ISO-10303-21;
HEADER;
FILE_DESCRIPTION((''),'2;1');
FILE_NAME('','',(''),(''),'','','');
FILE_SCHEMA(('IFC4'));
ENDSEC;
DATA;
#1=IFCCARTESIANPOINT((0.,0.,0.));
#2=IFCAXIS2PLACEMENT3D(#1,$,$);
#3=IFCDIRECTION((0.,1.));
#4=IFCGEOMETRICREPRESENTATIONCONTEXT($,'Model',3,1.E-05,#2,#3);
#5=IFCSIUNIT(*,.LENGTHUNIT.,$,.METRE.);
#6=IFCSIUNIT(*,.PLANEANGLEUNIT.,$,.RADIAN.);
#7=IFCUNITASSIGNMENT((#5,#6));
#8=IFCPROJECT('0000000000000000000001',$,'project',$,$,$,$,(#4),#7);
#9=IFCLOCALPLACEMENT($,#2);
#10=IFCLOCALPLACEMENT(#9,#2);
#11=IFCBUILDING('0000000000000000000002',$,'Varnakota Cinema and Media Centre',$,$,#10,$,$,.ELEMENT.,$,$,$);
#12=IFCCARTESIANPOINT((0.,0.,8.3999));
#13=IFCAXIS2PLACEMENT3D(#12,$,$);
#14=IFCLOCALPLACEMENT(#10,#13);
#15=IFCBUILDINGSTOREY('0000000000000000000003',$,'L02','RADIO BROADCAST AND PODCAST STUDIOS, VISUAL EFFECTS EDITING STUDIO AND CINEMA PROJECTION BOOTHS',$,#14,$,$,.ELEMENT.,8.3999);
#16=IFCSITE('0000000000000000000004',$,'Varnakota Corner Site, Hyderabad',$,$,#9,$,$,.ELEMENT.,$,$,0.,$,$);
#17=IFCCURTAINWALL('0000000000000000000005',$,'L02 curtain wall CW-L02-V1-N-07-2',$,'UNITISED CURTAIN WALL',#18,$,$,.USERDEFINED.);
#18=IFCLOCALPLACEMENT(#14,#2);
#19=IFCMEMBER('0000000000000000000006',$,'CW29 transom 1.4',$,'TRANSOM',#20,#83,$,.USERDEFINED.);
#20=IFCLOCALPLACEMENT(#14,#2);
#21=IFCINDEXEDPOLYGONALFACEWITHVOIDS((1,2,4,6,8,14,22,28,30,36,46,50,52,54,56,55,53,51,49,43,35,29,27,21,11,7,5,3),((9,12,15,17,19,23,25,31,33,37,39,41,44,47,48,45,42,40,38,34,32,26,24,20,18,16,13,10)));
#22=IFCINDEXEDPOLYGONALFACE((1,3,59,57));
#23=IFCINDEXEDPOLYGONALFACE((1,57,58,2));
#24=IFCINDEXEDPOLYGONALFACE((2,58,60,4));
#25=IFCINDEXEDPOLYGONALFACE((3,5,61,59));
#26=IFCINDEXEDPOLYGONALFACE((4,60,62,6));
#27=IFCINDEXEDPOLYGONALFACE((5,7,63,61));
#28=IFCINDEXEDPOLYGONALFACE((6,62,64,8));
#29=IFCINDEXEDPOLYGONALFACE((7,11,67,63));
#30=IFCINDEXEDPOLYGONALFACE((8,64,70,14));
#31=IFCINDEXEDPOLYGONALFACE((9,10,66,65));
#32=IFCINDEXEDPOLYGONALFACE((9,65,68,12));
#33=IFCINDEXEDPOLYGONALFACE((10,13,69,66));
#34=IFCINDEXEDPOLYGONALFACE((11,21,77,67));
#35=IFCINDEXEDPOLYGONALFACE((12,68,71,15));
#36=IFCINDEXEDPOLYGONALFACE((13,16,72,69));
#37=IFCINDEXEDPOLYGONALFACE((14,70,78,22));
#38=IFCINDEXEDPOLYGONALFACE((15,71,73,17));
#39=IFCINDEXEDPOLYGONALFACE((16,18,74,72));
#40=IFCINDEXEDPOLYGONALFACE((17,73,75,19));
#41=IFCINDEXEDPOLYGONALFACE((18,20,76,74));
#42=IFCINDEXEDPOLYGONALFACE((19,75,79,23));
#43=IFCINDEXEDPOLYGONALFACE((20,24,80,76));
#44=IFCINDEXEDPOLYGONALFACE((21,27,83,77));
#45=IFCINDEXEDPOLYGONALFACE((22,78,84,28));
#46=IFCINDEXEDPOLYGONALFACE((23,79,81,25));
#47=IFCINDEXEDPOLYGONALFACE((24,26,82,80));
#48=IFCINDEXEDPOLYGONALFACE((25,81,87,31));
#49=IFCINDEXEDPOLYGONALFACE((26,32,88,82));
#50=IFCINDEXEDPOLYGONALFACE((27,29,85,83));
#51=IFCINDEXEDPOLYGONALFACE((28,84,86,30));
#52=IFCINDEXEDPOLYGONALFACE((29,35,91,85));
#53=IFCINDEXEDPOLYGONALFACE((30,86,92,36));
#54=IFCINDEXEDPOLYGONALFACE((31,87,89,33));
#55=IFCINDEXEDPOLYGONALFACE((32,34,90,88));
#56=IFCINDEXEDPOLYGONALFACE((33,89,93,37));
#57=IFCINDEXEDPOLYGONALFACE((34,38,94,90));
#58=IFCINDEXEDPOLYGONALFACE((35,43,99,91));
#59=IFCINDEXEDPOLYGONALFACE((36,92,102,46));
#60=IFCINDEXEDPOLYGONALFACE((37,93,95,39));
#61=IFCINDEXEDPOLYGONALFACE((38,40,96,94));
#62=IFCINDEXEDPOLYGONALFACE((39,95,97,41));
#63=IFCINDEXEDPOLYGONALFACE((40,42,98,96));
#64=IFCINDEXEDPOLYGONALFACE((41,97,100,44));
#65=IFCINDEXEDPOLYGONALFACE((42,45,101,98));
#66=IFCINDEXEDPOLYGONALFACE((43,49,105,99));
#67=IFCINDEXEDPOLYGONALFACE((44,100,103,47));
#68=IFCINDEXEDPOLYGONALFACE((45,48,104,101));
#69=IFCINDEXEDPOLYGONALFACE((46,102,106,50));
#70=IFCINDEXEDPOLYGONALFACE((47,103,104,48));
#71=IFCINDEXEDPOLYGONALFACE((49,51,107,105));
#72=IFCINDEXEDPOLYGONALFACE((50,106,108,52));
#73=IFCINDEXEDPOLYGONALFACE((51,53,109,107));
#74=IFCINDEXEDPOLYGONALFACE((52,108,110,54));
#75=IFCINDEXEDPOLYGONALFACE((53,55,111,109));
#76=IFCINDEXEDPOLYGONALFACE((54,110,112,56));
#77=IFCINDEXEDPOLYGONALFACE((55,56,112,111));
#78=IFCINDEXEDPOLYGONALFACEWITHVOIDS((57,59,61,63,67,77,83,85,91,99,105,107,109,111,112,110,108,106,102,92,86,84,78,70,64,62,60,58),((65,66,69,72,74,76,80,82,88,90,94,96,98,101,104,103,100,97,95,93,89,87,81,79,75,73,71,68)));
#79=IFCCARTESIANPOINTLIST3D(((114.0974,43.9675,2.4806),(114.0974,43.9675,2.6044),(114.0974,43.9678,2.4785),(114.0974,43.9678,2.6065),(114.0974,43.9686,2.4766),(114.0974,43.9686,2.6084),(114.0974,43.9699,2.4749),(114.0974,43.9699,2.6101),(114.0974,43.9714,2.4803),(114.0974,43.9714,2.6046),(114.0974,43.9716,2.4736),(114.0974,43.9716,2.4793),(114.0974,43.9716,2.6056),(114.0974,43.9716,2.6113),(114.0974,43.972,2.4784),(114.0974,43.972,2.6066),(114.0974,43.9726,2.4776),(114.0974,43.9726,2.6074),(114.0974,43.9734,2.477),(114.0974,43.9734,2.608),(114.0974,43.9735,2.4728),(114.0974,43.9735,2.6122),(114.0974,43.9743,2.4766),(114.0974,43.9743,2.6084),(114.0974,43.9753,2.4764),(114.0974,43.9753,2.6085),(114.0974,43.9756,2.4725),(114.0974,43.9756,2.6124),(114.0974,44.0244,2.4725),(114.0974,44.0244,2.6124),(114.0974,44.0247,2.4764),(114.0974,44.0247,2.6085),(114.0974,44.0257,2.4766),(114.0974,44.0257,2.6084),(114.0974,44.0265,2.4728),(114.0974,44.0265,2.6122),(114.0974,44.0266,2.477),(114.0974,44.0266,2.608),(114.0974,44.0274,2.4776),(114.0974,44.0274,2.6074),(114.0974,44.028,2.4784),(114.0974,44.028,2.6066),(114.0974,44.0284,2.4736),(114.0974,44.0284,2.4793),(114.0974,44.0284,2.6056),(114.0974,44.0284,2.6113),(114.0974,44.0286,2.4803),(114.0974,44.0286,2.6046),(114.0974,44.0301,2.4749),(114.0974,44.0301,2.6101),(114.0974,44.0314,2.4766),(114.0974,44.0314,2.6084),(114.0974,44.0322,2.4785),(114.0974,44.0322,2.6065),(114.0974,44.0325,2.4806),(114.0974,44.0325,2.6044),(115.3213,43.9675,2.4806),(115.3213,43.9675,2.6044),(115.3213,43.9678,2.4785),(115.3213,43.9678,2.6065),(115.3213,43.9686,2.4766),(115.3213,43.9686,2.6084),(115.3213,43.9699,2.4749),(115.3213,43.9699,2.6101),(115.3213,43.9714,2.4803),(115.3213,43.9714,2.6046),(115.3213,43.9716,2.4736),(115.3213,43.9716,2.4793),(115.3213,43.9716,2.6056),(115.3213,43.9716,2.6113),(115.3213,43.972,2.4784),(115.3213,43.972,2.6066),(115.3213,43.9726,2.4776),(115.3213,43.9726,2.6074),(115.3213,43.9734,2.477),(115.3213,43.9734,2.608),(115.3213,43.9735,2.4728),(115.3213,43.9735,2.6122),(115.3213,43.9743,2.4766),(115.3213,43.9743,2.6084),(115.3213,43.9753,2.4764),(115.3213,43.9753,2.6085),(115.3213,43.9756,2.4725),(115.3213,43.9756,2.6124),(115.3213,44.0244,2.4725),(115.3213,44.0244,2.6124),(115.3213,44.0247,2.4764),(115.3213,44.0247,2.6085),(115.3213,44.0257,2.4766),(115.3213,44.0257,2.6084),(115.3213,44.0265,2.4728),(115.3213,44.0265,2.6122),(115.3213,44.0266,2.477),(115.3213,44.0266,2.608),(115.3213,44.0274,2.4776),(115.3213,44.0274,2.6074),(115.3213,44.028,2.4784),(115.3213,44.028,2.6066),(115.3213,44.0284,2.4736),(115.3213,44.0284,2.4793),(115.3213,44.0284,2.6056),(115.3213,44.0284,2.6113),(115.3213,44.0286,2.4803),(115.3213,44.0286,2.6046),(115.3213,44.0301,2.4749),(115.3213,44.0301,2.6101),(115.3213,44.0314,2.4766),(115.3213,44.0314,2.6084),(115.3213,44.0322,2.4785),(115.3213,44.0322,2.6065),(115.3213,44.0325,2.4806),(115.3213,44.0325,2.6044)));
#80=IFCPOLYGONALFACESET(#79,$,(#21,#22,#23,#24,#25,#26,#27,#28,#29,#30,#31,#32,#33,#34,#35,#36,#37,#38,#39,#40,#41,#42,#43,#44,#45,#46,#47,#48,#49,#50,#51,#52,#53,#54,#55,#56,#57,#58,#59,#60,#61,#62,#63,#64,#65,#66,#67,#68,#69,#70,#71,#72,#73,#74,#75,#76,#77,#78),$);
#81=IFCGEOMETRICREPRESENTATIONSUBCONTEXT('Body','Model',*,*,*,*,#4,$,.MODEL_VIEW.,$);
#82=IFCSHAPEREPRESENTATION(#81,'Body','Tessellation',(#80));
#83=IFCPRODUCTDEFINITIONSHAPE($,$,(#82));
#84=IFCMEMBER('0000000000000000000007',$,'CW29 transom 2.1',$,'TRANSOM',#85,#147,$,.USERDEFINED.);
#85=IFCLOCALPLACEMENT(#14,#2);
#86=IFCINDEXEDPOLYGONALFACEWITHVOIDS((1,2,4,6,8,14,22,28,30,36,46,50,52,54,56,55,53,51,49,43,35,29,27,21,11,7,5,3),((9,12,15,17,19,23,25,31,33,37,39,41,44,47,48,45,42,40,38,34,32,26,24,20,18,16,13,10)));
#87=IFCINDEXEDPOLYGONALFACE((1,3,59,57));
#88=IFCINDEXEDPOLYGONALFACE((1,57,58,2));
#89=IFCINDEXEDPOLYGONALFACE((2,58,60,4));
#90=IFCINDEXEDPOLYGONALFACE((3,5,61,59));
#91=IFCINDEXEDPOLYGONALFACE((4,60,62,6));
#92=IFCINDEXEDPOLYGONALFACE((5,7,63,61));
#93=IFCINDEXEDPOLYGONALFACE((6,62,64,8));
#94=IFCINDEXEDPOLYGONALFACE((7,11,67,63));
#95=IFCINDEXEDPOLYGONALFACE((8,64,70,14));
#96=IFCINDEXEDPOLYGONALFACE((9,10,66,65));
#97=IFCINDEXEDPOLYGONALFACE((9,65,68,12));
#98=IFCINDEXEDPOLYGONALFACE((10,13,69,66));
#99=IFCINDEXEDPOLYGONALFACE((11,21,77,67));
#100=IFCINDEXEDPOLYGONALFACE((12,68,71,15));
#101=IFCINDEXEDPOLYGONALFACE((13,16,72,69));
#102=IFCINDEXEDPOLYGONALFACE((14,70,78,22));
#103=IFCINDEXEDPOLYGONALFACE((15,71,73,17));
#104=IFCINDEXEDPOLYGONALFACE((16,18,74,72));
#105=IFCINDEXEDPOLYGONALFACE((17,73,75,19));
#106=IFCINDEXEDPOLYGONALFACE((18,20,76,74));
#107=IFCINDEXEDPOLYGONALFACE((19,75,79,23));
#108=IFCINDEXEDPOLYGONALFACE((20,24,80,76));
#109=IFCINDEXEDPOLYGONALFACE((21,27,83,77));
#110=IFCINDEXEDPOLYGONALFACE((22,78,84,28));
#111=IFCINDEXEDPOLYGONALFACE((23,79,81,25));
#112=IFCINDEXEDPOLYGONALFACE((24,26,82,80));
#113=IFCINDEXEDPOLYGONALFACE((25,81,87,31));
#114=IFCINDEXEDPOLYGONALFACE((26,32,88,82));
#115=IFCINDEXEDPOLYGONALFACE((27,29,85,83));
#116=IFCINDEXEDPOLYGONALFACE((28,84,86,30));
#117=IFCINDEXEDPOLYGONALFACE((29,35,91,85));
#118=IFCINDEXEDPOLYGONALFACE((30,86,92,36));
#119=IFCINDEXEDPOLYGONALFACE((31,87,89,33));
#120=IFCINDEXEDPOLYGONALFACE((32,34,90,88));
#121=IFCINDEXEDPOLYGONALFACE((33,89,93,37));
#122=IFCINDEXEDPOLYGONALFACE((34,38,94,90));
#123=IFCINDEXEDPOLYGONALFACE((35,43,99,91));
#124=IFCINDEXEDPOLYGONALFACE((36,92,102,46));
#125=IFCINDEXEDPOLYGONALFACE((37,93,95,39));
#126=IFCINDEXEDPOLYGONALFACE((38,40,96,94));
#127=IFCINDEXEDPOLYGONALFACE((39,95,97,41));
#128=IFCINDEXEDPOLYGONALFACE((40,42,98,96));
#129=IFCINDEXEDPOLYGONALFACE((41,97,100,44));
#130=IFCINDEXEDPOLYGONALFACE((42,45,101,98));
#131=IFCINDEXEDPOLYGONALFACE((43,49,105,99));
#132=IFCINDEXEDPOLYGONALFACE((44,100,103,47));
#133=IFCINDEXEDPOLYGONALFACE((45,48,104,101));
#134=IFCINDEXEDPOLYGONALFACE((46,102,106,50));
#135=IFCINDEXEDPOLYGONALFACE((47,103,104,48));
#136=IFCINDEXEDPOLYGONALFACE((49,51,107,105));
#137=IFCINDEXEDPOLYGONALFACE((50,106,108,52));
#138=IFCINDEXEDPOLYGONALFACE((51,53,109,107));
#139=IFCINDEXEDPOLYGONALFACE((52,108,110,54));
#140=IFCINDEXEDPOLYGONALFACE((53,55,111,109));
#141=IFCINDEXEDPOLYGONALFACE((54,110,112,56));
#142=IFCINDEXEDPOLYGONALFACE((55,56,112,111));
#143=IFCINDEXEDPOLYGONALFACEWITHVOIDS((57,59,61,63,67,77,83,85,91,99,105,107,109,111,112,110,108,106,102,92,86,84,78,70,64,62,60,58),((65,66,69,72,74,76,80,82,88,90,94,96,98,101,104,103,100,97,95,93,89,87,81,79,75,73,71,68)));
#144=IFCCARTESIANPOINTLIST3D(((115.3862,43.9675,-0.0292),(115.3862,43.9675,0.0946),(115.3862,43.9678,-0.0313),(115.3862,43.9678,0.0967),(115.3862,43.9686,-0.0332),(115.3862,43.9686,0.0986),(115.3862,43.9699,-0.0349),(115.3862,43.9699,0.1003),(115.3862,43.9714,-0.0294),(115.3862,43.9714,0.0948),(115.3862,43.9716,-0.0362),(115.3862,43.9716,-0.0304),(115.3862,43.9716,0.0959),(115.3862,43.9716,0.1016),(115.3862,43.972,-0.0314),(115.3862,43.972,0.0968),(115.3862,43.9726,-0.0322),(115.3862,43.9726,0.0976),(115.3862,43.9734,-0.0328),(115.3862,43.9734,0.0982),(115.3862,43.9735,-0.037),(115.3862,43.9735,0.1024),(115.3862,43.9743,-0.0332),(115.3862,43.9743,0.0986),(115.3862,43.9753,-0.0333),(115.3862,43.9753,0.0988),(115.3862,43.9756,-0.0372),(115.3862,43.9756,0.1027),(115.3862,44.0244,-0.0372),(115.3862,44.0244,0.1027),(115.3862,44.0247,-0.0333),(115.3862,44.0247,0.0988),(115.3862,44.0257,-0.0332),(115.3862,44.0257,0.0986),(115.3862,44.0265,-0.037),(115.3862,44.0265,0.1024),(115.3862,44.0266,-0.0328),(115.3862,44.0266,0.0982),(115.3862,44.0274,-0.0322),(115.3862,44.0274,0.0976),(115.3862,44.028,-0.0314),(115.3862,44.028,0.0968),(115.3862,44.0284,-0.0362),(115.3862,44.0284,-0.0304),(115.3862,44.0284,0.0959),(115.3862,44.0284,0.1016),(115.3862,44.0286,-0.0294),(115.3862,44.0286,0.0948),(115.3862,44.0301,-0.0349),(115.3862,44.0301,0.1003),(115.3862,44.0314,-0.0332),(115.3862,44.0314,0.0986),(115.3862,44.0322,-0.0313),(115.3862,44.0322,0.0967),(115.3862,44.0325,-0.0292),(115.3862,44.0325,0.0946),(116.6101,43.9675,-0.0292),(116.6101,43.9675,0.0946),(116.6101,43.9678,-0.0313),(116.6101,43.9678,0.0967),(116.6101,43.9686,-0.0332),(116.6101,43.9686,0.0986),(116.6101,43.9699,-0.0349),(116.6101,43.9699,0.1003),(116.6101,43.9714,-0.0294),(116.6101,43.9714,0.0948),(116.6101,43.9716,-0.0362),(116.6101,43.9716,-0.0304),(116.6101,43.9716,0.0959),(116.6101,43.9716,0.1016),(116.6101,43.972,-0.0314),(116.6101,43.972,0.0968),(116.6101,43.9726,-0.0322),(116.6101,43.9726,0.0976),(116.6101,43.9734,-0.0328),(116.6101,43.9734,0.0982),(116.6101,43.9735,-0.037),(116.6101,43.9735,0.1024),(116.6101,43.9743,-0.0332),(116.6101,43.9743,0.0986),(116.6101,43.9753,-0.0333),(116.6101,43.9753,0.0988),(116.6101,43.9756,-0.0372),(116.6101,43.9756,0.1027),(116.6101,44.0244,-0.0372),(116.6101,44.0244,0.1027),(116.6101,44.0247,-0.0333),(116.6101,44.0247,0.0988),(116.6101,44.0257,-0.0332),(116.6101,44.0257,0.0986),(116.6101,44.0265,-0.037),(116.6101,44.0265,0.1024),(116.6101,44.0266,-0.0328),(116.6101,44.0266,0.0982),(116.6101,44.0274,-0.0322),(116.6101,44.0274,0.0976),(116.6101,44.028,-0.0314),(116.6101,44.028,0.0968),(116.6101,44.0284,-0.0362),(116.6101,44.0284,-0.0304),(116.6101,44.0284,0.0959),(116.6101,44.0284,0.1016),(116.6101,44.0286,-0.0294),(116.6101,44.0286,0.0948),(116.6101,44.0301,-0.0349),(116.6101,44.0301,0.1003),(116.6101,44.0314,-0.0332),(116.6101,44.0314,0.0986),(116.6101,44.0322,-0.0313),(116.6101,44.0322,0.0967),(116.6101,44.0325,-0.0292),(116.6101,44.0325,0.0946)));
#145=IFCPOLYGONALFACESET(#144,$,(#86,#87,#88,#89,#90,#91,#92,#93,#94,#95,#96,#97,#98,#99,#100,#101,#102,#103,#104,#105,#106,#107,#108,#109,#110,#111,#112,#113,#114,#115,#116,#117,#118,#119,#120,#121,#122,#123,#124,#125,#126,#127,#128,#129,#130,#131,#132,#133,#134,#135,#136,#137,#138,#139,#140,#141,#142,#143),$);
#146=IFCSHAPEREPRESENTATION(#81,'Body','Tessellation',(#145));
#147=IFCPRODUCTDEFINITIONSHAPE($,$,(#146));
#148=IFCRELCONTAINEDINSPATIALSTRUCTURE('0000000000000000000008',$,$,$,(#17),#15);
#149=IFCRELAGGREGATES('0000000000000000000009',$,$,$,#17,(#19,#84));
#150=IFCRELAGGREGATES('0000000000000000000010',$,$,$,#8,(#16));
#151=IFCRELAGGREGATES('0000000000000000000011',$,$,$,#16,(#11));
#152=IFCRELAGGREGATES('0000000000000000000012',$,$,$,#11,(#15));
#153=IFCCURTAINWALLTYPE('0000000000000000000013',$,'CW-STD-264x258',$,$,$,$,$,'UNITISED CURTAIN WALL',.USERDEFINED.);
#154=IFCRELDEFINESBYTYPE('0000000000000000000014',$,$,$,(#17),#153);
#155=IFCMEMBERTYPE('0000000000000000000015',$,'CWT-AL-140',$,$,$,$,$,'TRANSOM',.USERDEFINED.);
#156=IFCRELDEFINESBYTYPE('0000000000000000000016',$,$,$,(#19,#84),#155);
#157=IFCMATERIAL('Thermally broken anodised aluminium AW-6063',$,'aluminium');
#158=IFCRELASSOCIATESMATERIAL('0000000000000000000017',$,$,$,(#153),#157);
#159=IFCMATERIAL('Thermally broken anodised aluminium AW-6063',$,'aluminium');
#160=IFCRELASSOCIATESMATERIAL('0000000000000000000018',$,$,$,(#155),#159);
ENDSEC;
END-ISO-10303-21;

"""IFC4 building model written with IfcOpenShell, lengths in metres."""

from ifc_helpers import new_model, si_unit, direction, frame, origin, origin_2d, place, context, subcontext, project, spatial, hollow_rectangle, extrude, material, material_profile, profile_set, type_object, element, aggregate, save


model = new_model("IFC4")

# Units and contexts
model_context = context("Model", 3, precision=1e-05, world=origin(), true_north=direction((0.0, 1.0)))
body_context = subcontext(model_context, "Body", "Model", "MODEL_VIEW")
ifc_project = project(units=[si_unit("LENGTHUNIT", "METRE"), si_unit("PLANEANGLEUNIT", "RADIAN")], contexts=[model_context])

# Site, building, storey
site_placement = place(None, origin())
site = spatial("IfcSite", under=ifc_project, at=site_placement, Name="Varnakota Corner Site, Hyderabad", CompositionType="ELEMENT", RefElevation=0.0)
building_placement = place(site_placement, origin())
building = spatial("IfcBuilding", under=site, at=building_placement, Name="Varnakota Cinema and Media Centre", CompositionType="ELEMENT")
storey_placement = place(building_placement, frame((0.0, 0.0, 8.3999)))
storey = spatial("IfcBuildingStorey", under=building, at=storey_placement, Name="L02", Description="RADIO BROADCAST AND PODCAST STUDIOS, VISUAL EFFECTS EDITING STUDIO AND CINEMA PROJECTION BOOTHS", CompositionType="ELEMENT", Elevation=8.3999)

# Shared definitions
ifc_material_1 = material(Name="Thermally broken anodised aluminium AW-6063", Category="aluminium")
curtain_wall_type = type_object("IfcCurtainWallType", Name="CW-STD-264x258", ElementType="UNITISED CURTAIN WALL", PredefinedType="USERDEFINED", material=ifc_material_1)

# Curtain wall
curtain_wall_1_placement = place(storey_placement, origin())
curtain_wall_1 = element("IfcCurtainWall", 1, at=curtain_wall_1_placement, inside=storey, type_object=curtain_wall_type, Name="L02 curtain wall CW-L02-V1-N-07-2", ObjectType="UNITISED CURTAIN WALL", PredefinedType="USERDEFINED")

# Members
ifc_material_2 = material(Name="Thermally broken anodised aluminium AW-6063", Category="aluminium")
ifc_material_profile_1 = material_profile(ifc_material_2, hollow_rectangle(XDim=0.0649, YDim=0.1399, WallThickness=0.0039, InnerFilletRadius=0.0039, OuterFilletRadius=0.0081, at=origin_2d()), Name="AL-TRANSOM 140x65x4")
ifc_profile_set_1 = profile_set([ifc_material_profile_1], Name="Thermally broken anodised aluminium AW-6063")
member_type_1 = type_object("IfcMemberType", Name="CWT-AL-140", ElementType="TRANSOM", PredefinedType="USERDEFINED", material=ifc_profile_set_1)
member_1_placement = place(storey_placement, frame((114.0974, 44.0, 2.5425), z_axis=(1.0, 0.0, 0.0), x_axis=(0.0, 1.0, 0.0)))
member_1 = element("IfcMember", 2, at=member_1_placement, type_object=member_type_1, Name="CW29 transom 1.4", ObjectType="TRANSOM", PredefinedType="USERDEFINED", context=body_context, shape_type="SweptSolid", body=[
    extrude(hollow_rectangle(XDim=0.0649, YDim=0.1399, WallThickness=0.0039, InnerFilletRadius=0.0039, OuterFilletRadius=0.0081, at=origin_2d()), origin(), (0.0, 0.0, 1.0), 1.2239),
])
member_2_placement = place(storey_placement, frame((115.3862, 44.0, 0.0327), z_axis=(1.0, 0.0, 0.0), x_axis=(0.0, 1.0, 0.0)))
member_2 = element("IfcMember", 3, at=member_2_placement, type_object=member_type_1, Name="CW29 transom 2.1", ObjectType="TRANSOM", PredefinedType="USERDEFINED", context=body_context, shape_type="SweptSolid", body=[
    extrude(hollow_rectangle(XDim=0.0649, YDim=0.1399, WallThickness=0.0039, InnerFilletRadius=0.0039, OuterFilletRadius=0.0081, at=origin_2d()), origin(), (0.0, 0.0, 1.0), 1.2239),
])

aggregate(curtain_wall_1, [member_1, member_2])

save(model, "model.ifc")
